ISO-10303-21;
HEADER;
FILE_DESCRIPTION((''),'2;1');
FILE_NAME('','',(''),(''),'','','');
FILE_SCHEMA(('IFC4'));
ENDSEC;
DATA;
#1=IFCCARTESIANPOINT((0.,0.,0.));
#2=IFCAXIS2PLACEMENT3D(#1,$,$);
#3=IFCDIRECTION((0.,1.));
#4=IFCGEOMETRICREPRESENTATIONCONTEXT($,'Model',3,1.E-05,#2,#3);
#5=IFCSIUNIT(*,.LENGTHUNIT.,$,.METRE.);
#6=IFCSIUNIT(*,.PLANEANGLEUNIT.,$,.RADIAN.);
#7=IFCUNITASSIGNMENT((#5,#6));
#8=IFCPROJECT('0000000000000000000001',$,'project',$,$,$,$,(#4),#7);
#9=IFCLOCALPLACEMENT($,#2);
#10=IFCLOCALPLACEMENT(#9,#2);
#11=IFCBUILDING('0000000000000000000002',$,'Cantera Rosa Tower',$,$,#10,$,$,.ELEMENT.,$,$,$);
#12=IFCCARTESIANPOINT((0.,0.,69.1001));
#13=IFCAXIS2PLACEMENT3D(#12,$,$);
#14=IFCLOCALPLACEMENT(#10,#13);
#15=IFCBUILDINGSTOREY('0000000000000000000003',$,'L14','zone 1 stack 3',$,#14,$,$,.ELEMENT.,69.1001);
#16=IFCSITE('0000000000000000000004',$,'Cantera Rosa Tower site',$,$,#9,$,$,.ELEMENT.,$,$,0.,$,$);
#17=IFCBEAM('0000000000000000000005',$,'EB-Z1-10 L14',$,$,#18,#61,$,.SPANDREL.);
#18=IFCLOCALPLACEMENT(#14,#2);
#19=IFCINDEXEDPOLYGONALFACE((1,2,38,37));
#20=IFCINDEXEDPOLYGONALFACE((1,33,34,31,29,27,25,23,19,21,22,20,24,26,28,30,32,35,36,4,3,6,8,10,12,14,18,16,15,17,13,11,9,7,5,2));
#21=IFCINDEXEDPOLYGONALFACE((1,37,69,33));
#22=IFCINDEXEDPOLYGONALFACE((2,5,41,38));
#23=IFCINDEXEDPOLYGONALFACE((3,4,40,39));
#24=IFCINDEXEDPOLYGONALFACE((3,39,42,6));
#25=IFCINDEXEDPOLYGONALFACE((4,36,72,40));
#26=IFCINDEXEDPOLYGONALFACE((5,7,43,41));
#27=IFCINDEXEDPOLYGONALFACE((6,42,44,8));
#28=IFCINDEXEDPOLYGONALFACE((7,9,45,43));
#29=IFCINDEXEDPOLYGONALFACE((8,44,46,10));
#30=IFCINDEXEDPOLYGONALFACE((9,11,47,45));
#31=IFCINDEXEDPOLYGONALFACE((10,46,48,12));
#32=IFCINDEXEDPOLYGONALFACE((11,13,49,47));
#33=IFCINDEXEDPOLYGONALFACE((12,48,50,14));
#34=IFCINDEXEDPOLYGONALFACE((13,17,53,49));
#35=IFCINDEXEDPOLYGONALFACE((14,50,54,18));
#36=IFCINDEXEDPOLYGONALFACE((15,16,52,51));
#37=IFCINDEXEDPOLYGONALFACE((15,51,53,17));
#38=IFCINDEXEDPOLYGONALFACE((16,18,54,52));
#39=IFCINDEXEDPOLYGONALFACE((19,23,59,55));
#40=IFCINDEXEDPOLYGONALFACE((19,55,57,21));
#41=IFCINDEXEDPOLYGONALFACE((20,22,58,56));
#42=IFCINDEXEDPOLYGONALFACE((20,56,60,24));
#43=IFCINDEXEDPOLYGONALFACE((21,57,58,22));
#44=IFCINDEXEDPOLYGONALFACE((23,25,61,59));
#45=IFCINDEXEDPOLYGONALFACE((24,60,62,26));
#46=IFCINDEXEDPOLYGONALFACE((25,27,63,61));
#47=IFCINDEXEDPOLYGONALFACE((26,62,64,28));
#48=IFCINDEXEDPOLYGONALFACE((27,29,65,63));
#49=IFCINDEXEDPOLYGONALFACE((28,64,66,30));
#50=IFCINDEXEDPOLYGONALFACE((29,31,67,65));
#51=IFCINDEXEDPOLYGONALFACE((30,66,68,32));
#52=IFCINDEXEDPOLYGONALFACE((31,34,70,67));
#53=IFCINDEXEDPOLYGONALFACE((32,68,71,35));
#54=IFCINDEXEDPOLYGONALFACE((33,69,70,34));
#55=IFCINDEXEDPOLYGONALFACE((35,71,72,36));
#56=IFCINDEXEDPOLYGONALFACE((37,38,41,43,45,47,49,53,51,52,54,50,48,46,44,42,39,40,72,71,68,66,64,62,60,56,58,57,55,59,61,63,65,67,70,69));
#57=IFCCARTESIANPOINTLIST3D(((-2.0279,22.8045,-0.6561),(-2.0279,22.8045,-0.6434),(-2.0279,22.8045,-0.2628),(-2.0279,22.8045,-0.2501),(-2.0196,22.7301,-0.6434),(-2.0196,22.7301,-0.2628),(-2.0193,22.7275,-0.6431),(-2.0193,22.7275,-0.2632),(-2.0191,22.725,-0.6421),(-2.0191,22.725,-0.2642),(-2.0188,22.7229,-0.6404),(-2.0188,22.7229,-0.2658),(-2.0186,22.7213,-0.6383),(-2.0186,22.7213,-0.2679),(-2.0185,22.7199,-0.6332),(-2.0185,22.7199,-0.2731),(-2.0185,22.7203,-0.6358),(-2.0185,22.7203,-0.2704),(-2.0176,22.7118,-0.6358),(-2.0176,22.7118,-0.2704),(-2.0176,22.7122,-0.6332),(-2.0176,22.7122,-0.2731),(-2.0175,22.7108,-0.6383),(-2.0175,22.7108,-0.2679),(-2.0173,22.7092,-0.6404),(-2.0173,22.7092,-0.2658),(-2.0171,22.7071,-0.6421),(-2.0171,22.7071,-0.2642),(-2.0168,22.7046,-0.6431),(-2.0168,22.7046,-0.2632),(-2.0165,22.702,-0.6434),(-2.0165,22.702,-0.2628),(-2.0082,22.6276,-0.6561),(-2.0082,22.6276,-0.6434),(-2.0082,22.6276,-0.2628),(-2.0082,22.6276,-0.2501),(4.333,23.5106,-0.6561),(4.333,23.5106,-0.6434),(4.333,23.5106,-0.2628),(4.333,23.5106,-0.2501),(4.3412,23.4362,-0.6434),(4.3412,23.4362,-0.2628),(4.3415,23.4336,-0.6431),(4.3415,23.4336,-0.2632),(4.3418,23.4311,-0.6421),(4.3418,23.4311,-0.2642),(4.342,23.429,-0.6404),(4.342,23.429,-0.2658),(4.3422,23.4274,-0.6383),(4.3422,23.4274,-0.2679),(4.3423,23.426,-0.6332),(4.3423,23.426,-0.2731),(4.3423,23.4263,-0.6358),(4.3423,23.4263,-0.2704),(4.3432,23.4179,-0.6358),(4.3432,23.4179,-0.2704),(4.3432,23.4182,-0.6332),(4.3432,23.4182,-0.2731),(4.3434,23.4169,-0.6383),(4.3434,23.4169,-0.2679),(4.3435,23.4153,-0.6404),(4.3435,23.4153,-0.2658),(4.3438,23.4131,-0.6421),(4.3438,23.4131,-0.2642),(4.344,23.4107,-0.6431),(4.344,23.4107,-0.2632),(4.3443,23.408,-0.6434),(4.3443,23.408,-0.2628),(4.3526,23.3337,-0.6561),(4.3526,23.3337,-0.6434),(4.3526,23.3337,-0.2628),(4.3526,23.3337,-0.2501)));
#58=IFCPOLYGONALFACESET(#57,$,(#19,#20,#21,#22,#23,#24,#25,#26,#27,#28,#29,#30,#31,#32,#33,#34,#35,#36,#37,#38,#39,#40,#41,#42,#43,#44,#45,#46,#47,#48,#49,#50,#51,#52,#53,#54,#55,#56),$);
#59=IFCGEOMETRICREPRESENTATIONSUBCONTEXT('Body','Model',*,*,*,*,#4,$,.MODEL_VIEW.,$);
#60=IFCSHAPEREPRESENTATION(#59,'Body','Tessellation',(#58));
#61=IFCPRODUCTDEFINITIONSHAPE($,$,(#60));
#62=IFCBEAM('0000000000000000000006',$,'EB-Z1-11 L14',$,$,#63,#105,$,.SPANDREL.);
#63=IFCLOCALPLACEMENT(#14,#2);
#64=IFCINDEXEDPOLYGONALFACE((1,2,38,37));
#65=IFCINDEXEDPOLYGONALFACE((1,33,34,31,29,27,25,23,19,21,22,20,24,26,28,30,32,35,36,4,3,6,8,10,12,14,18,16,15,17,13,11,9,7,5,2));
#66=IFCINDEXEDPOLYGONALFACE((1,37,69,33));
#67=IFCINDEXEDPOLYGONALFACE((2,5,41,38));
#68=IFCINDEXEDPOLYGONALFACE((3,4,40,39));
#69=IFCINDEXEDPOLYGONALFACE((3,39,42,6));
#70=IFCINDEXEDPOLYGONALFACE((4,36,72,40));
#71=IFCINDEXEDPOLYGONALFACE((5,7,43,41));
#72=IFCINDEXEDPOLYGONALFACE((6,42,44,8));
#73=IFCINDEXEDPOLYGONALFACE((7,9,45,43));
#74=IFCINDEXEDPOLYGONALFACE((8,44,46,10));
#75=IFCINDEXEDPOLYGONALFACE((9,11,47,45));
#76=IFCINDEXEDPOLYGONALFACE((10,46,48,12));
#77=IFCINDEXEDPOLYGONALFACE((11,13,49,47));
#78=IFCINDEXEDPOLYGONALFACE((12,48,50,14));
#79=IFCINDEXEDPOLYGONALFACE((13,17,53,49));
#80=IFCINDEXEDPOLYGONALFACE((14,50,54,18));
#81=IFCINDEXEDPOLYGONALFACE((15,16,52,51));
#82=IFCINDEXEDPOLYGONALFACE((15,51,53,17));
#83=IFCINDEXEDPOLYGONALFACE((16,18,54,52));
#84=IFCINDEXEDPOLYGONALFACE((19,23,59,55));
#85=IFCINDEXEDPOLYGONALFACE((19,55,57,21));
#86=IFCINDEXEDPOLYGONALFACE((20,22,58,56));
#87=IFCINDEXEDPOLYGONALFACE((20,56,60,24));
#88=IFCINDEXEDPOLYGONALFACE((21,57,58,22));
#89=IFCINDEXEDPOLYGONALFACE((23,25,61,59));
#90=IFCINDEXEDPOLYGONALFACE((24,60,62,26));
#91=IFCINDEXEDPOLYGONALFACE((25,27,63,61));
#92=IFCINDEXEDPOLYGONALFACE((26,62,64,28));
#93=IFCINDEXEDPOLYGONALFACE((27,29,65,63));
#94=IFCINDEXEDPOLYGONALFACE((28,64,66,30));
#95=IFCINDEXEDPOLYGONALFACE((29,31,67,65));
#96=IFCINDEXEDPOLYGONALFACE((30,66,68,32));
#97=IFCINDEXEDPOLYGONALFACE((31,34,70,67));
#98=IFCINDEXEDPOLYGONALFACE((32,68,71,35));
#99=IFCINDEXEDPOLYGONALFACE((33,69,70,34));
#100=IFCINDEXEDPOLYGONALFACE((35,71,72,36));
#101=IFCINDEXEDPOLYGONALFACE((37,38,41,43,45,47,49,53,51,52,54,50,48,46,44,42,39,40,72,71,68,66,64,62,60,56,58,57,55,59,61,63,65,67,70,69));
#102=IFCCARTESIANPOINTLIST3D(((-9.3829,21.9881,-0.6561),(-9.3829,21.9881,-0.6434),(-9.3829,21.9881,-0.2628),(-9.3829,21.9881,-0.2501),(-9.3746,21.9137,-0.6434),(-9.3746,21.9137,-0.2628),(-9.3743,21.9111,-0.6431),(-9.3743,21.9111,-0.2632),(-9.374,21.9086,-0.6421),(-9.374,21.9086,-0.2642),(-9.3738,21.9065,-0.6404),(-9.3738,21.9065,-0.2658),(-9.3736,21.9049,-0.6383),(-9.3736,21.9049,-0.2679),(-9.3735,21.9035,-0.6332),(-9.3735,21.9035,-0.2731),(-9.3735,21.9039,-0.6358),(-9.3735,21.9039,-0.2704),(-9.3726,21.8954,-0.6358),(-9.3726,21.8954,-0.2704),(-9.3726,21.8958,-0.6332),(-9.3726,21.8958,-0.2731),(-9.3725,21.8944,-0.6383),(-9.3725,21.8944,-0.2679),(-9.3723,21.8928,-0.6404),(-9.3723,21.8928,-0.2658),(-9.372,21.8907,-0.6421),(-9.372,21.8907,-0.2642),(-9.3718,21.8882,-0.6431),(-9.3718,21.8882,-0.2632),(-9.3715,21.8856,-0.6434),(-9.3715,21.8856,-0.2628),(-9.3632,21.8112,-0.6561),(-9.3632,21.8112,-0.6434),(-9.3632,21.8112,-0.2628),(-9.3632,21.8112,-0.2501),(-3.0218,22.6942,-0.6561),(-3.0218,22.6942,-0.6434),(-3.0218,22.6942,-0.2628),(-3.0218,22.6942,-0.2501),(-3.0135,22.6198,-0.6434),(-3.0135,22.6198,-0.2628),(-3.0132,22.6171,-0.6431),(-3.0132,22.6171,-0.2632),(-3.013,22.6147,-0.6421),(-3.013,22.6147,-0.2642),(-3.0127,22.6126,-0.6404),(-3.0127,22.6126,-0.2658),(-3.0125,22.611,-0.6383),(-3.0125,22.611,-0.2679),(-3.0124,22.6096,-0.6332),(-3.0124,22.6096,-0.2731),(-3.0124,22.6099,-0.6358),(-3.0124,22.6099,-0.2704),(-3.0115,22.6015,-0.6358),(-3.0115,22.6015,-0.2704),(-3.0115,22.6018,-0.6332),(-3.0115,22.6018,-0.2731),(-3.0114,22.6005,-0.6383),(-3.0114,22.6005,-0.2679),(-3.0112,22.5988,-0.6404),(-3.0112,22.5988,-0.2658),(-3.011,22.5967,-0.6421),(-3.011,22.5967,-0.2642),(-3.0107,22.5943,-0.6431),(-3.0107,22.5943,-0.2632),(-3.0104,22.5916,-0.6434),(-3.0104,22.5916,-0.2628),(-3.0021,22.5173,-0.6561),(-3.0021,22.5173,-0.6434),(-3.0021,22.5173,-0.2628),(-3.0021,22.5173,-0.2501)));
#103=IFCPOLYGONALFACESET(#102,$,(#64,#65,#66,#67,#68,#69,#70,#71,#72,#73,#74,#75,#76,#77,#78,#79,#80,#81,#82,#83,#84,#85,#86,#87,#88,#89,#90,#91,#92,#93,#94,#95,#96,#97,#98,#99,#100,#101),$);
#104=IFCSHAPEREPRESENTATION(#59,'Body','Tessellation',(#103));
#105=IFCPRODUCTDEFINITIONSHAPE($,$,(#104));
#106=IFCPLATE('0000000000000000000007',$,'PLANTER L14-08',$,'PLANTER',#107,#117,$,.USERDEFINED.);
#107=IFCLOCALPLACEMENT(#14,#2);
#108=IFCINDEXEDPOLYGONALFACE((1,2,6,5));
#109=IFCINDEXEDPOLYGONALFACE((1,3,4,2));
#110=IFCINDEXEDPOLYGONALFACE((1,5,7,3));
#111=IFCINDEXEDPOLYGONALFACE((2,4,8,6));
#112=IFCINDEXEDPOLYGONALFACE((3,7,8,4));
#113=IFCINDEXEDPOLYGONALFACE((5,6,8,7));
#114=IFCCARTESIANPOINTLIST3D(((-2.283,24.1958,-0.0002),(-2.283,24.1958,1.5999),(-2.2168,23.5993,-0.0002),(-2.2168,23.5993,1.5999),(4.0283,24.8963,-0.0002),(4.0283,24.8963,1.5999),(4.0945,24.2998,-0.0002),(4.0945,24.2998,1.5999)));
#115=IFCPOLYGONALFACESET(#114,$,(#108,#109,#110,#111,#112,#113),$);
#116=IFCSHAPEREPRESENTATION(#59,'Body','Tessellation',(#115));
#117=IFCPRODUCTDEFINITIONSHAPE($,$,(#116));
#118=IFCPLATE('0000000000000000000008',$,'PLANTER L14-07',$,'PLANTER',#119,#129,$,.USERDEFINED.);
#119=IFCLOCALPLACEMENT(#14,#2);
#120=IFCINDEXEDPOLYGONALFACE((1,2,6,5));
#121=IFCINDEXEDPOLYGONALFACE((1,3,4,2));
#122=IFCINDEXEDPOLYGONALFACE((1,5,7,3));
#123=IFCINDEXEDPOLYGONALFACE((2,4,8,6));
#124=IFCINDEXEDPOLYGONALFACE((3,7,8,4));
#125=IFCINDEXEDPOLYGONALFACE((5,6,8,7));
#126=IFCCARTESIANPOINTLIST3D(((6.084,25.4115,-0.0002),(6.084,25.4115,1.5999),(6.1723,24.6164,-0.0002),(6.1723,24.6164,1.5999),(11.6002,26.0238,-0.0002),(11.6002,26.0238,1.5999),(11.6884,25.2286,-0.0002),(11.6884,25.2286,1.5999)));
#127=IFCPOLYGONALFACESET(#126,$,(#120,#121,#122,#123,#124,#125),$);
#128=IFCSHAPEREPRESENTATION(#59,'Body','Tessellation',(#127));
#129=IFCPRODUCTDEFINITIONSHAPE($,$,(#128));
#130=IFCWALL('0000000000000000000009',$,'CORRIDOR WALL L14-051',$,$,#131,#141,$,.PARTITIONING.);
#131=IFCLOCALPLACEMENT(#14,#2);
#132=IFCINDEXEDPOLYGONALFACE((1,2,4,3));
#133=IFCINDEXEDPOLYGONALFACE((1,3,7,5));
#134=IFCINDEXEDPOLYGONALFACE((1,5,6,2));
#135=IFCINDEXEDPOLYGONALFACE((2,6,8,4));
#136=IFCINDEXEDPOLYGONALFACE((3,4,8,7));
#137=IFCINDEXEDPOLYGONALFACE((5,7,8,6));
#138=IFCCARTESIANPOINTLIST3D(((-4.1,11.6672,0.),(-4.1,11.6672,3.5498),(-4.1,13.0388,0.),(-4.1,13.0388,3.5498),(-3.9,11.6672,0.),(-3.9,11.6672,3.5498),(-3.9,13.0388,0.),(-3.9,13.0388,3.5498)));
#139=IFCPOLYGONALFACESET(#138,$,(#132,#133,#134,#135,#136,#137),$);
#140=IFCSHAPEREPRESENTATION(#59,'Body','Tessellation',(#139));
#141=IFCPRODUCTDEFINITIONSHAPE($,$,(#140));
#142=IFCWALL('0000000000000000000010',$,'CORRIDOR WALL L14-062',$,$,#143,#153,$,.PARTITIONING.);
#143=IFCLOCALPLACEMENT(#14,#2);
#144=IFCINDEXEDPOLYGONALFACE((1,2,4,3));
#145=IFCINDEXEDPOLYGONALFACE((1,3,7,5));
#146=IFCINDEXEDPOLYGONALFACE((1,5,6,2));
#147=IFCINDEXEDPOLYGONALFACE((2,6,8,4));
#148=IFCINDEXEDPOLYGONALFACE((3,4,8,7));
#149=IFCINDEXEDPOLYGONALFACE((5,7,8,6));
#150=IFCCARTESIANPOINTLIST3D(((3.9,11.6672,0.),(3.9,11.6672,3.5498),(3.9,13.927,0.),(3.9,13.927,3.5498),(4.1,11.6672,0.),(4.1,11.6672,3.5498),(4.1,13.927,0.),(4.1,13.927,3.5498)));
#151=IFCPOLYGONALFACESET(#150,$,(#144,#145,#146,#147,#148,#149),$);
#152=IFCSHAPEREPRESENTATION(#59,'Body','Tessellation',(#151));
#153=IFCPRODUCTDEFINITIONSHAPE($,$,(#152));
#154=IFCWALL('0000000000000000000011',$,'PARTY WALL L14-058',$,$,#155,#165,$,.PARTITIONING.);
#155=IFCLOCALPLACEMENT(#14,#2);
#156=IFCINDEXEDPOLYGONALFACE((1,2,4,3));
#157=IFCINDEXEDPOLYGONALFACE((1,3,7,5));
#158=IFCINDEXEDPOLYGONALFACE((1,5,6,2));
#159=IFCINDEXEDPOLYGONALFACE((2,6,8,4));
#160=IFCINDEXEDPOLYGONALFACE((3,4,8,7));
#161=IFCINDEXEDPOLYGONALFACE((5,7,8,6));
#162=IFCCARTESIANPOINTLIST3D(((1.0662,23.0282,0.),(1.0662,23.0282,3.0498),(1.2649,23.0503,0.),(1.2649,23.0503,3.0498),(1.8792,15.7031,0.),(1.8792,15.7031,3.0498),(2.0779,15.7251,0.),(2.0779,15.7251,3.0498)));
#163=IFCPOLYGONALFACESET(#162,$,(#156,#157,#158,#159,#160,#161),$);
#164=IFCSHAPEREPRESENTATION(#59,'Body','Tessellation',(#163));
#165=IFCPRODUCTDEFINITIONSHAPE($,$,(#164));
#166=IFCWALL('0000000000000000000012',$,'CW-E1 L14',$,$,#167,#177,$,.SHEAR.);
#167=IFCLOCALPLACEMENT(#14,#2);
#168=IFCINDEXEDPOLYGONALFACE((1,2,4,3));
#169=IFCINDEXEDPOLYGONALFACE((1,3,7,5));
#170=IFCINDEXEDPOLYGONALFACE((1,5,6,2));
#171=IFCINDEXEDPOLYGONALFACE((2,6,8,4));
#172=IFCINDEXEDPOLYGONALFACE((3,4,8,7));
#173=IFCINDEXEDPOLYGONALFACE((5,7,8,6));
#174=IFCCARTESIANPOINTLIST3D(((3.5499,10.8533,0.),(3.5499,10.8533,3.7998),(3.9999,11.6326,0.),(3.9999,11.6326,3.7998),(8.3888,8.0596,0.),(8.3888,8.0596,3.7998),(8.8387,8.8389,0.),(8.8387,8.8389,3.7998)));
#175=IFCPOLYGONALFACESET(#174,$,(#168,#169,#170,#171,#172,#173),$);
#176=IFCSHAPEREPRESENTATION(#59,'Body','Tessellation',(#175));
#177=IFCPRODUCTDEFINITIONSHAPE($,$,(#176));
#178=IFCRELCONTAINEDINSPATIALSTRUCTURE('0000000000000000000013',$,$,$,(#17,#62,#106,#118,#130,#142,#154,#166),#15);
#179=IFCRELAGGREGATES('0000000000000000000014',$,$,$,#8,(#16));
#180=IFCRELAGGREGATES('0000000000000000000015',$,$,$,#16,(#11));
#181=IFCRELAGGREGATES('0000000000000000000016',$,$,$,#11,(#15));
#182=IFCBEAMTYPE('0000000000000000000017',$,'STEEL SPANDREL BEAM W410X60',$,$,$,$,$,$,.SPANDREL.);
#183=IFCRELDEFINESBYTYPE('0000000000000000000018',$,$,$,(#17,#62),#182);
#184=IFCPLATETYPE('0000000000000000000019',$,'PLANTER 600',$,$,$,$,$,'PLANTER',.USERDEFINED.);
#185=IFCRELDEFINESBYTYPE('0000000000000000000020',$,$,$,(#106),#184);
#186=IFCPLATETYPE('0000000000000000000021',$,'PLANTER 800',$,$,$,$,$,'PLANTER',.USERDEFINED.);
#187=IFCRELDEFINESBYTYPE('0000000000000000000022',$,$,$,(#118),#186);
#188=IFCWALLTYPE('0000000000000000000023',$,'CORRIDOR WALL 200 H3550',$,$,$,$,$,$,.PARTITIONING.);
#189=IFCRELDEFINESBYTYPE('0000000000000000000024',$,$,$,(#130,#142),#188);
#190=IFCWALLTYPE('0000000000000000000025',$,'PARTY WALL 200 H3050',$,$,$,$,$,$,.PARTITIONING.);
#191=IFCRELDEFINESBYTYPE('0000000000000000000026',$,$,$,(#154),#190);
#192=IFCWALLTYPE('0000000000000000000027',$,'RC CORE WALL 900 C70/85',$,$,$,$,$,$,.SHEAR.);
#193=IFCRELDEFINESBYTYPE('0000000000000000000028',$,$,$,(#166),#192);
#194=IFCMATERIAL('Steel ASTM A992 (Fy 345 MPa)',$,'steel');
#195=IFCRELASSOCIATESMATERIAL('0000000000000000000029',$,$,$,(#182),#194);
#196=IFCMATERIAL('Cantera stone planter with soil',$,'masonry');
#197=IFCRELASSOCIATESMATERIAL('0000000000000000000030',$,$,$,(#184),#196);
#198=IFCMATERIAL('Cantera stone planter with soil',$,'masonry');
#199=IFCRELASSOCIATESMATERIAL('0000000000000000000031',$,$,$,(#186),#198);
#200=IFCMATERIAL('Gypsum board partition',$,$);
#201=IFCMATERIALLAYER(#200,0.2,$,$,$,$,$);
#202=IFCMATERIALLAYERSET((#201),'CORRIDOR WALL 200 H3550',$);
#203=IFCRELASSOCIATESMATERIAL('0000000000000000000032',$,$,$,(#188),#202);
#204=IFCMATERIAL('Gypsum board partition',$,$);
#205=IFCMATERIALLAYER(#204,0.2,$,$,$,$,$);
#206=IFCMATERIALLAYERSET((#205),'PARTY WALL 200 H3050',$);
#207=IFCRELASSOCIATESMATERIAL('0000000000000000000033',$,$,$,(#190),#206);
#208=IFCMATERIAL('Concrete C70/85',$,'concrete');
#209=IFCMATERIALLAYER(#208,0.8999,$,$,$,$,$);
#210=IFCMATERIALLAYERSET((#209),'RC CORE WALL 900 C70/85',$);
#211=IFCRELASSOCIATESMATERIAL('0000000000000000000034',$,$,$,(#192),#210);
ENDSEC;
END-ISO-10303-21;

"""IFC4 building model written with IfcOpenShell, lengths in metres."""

from ifc_helpers import new_model, si_unit, direction, frame, frame_2d, origin, origin_2d, place, context, subcontext, project, spatial, rectangle, i_section, extrude, material, layer, layer_set, material_profile, profile_set, type_object, element, save


model = new_model("IFC4")

# Units and contexts
model_context = context("Model", 3, precision=1e-05, world=origin(), true_north=direction((0.0, 1.0)))
body_context = subcontext(model_context, "Body", "Model", "MODEL_VIEW")
ifc_project = project(units=[si_unit("LENGTHUNIT", "METRE"), si_unit("PLANEANGLEUNIT", "RADIAN")], contexts=[model_context])

# Site, building, storey
site_placement = place(None, origin())
site = spatial("IfcSite", under=ifc_project, at=site_placement, Name="Cantera Rosa Tower site", CompositionType="ELEMENT", RefElevation=0.0)
building_placement = place(site_placement, origin())
building = spatial("IfcBuilding", under=site, at=building_placement, Name="Cantera Rosa Tower", CompositionType="ELEMENT")
storey_placement = place(building_placement, frame((0.0, 0.0, 69.1001)))
storey = spatial("IfcBuildingStorey", under=building, at=storey_placement, Name="L14", Description="zone 1 stack 3", CompositionType="ELEMENT", Elevation=69.1001)

# Beams
ifc_material_1 = material(Name="Steel ASTM A992 (Fy 345 MPa)", Category="steel")
ifc_material_profile_1 = material_profile(ifc_material_1, i_section(OverallWidth=0.178, OverallDepth=0.406, WebThickness=0.0078, FlangeThickness=0.0127, FilletRadius=0.0103, at=origin_2d()), Name="W410X60")
ifc_profile_set_1 = profile_set([ifc_material_profile_1], Name="Steel ASTM A992 (Fy 345 MPa)")
beam_type_1 = type_object("IfcBeamType", Name="STEEL SPANDREL BEAM W410X60", PredefinedType="SPANDREL", material=ifc_profile_set_1)
for number, where, z_axis, x_axis, name in (
    (1, (4.3428, 23.4221, -0.4531), (-0.993896, -0.110323, 0.0), (0.110323, -0.993896, 0.0), "EB-Z1-10 L14"),
):
    element("IfcBeam", number, at=place(storey_placement, frame(where, z_axis=z_axis, x_axis=x_axis)), inside=storey, type_object=beam_type_1, Name=name, PredefinedType="SPANDREL", context=body_context, shape_type="SweptSolid", body=[
        extrude(i_section(OverallWidth=0.178, OverallDepth=0.406, WebThickness=0.0078, FlangeThickness=0.0127, FilletRadius=0.0103, at=origin_2d()), origin(), (0.0, 0.0, 1.0), 6.3999),
    ])
beam_1_placement = place(storey_placement, frame((-3.012, 22.6057, -0.4531), z_axis=(-0.993896, -0.110318, 0.0), x_axis=(0.110318, -0.993896, 0.0)))
element("IfcBeam", 2, at=beam_1_placement, inside=storey, type_object=beam_type_1, Name="EB-Z1-11 L14", PredefinedType="SPANDREL", context=body_context, shape_type="SweptSolid", body=[
    extrude(i_section(OverallWidth=0.178, OverallDepth=0.406, WebThickness=0.0078, FlangeThickness=0.0127, FilletRadius=0.0103, at=origin_2d()), origin(), (0.0, 0.0, 1.0), 6.4001),
])

# Plates
ifc_material_2 = material(Name="Cantera stone planter with soil", Category="masonry")
plate_type_1 = type_object("IfcPlateType", Name="PLANTER 600", ElementType="PLANTER", PredefinedType="USERDEFINED", material=ifc_material_2)
plate_1_placement = place(storey_placement, frame((0.9058, 24.2478, -0.0002), z_axis=(0.0, 0.0, 1.0), x_axis=(-0.993897, -0.110313, 0.0)))
element("IfcPlate", 3, at=plate_1_placement, inside=storey, type_object=plate_type_1, Name="PLANTER L14-08", ObjectType="PLANTER", PredefinedType="USERDEFINED", context=body_context, shape_type="SweptSolid", body=[
    extrude(rectangle(XDim=6.3501, YDim=0.6001, at=origin_2d()), origin(), (0.0, 0.0, 1.0), 1.6001),
])
ifc_material_3 = material(Name="Cantera stone planter with soil", Category="masonry")
plate_type_2 = type_object("IfcPlateType", Name="PLANTER 800", ElementType="PLANTER", PredefinedType="USERDEFINED", material=ifc_material_3)
plate_2_placement = place(storey_placement, frame((8.8862, 25.3201, -0.0002), z_axis=(0.0, 0.0, 1.0), x_axis=(-0.993897, -0.110313, 0.0)))
element("IfcPlate", 4, at=plate_2_placement, inside=storey, type_object=plate_type_2, Name="PLANTER L14-07", ObjectType="PLANTER", PredefinedType="USERDEFINED", context=body_context, shape_type="SweptSolid", body=[
    extrude(rectangle(XDim=5.55, YDim=0.8, at=origin_2d()), origin(), (0.0, 0.0, 1.0), 1.6001),
])

# Walls
ifc_material_4 = material(Name="Gypsum board partition")
ifc_layer_1 = layer(ifc_material_4, 0.2)
ifc_layer_set_1 = layer_set([ifc_layer_1], Name="CORRIDOR WALL 200 H3550")
wall_type_1 = type_object("IfcWallType", Name="CORRIDOR WALL 200 H3550", PredefinedType="PARTITIONING", material=ifc_layer_set_1)
wall_1_placement = place(storey_placement, frame((-4.0, 13.0388, 0.0), z_axis=(0.0, 0.0, 1.0), x_axis=(0.0, -1.0, 0.0)))
element("IfcWall", 5, at=wall_1_placement, inside=storey, type_object=wall_type_1, Name="CORRIDOR WALL L14-051", PredefinedType="PARTITIONING", context=body_context, shape_type="SweptSolid", body=[
    extrude(rectangle(XDim=1.3716, YDim=0.2, at=frame_2d((0.6858, 0.0))), origin(), (0.0, 0.0, 1.0), 3.5498),
])
wall_2_placement = place(storey_placement, frame((4.0, 11.6672, 0.0), z_axis=(0.0, 0.0, 1.0), x_axis=(0.0, 1.0, 0.0)))
element("IfcWall", 6, at=wall_2_placement, inside=storey, type_object=wall_type_1, Name="CORRIDOR WALL L14-062", PredefinedType="PARTITIONING", context=body_context, shape_type="SweptSolid", body=[
    extrude(rectangle(XDim=2.2598, YDim=0.2, at=frame_2d((1.1299, 0.0))), origin(), (0.0, 0.0, 1.0), 3.5498),
])

# Walls
ifc_material_5 = material(Name="Gypsum board partition")
ifc_layer_2 = layer(ifc_material_5, 0.2)
ifc_layer_set_2 = layer_set([ifc_layer_2], Name="PARTY WALL 200 H3050")
wall_type_2 = type_object("IfcWallType", Name="PARTY WALL 200 H3050", PredefinedType="PARTITIONING", material=ifc_layer_set_2)
wall_3_placement = place(storey_placement, frame((1.9785, 15.7141, 0.0), z_axis=(0.0, 0.0, 1.0), x_axis=(-0.110308, 0.993897, 0.0)))
element("IfcWall", 7, at=wall_3_placement, inside=storey, type_object=wall_type_2, Name="PARTY WALL L14-058", PredefinedType="PARTITIONING", context=body_context, shape_type="SweptSolid", body=[
    extrude(rectangle(XDim=7.3701, YDim=0.2, at=frame_2d((3.6851, 0.0))), origin(), (0.0, 0.0, 1.0), 3.0498),
])
ifc_material_6 = material(Name="Concrete C70/85", Category="concrete")
ifc_layer_3 = layer(ifc_material_6, 0.8999)
ifc_layer_set_3 = layer_set([ifc_layer_3], Name="RC CORE WALL 900 C70/85")
wall_type_3 = type_object("IfcWallType", Name="RC CORE WALL 900 C70/85", PredefinedType="SHEAR", material=ifc_layer_set_3)
wall_4_placement = place(storey_placement, frame((3.7749, 11.2429, 0.0), z_axis=(0.0, 0.0, 1.0), x_axis=(0.866027, -0.499997, 0.0)))
element("IfcWall", 8, at=wall_4_placement, inside=storey, type_object=wall_type_3, Name="CW-E1 L14", PredefinedType="SHEAR", context=body_context, shape_type="SweptSolid", body=[
    extrude(rectangle(XDim=5.5874, YDim=0.8999, at=frame_2d((2.7937, 0.0))), origin(), (0.0, 0.0, 1.0), 3.7998),
])

save(model, "model.ifc")
